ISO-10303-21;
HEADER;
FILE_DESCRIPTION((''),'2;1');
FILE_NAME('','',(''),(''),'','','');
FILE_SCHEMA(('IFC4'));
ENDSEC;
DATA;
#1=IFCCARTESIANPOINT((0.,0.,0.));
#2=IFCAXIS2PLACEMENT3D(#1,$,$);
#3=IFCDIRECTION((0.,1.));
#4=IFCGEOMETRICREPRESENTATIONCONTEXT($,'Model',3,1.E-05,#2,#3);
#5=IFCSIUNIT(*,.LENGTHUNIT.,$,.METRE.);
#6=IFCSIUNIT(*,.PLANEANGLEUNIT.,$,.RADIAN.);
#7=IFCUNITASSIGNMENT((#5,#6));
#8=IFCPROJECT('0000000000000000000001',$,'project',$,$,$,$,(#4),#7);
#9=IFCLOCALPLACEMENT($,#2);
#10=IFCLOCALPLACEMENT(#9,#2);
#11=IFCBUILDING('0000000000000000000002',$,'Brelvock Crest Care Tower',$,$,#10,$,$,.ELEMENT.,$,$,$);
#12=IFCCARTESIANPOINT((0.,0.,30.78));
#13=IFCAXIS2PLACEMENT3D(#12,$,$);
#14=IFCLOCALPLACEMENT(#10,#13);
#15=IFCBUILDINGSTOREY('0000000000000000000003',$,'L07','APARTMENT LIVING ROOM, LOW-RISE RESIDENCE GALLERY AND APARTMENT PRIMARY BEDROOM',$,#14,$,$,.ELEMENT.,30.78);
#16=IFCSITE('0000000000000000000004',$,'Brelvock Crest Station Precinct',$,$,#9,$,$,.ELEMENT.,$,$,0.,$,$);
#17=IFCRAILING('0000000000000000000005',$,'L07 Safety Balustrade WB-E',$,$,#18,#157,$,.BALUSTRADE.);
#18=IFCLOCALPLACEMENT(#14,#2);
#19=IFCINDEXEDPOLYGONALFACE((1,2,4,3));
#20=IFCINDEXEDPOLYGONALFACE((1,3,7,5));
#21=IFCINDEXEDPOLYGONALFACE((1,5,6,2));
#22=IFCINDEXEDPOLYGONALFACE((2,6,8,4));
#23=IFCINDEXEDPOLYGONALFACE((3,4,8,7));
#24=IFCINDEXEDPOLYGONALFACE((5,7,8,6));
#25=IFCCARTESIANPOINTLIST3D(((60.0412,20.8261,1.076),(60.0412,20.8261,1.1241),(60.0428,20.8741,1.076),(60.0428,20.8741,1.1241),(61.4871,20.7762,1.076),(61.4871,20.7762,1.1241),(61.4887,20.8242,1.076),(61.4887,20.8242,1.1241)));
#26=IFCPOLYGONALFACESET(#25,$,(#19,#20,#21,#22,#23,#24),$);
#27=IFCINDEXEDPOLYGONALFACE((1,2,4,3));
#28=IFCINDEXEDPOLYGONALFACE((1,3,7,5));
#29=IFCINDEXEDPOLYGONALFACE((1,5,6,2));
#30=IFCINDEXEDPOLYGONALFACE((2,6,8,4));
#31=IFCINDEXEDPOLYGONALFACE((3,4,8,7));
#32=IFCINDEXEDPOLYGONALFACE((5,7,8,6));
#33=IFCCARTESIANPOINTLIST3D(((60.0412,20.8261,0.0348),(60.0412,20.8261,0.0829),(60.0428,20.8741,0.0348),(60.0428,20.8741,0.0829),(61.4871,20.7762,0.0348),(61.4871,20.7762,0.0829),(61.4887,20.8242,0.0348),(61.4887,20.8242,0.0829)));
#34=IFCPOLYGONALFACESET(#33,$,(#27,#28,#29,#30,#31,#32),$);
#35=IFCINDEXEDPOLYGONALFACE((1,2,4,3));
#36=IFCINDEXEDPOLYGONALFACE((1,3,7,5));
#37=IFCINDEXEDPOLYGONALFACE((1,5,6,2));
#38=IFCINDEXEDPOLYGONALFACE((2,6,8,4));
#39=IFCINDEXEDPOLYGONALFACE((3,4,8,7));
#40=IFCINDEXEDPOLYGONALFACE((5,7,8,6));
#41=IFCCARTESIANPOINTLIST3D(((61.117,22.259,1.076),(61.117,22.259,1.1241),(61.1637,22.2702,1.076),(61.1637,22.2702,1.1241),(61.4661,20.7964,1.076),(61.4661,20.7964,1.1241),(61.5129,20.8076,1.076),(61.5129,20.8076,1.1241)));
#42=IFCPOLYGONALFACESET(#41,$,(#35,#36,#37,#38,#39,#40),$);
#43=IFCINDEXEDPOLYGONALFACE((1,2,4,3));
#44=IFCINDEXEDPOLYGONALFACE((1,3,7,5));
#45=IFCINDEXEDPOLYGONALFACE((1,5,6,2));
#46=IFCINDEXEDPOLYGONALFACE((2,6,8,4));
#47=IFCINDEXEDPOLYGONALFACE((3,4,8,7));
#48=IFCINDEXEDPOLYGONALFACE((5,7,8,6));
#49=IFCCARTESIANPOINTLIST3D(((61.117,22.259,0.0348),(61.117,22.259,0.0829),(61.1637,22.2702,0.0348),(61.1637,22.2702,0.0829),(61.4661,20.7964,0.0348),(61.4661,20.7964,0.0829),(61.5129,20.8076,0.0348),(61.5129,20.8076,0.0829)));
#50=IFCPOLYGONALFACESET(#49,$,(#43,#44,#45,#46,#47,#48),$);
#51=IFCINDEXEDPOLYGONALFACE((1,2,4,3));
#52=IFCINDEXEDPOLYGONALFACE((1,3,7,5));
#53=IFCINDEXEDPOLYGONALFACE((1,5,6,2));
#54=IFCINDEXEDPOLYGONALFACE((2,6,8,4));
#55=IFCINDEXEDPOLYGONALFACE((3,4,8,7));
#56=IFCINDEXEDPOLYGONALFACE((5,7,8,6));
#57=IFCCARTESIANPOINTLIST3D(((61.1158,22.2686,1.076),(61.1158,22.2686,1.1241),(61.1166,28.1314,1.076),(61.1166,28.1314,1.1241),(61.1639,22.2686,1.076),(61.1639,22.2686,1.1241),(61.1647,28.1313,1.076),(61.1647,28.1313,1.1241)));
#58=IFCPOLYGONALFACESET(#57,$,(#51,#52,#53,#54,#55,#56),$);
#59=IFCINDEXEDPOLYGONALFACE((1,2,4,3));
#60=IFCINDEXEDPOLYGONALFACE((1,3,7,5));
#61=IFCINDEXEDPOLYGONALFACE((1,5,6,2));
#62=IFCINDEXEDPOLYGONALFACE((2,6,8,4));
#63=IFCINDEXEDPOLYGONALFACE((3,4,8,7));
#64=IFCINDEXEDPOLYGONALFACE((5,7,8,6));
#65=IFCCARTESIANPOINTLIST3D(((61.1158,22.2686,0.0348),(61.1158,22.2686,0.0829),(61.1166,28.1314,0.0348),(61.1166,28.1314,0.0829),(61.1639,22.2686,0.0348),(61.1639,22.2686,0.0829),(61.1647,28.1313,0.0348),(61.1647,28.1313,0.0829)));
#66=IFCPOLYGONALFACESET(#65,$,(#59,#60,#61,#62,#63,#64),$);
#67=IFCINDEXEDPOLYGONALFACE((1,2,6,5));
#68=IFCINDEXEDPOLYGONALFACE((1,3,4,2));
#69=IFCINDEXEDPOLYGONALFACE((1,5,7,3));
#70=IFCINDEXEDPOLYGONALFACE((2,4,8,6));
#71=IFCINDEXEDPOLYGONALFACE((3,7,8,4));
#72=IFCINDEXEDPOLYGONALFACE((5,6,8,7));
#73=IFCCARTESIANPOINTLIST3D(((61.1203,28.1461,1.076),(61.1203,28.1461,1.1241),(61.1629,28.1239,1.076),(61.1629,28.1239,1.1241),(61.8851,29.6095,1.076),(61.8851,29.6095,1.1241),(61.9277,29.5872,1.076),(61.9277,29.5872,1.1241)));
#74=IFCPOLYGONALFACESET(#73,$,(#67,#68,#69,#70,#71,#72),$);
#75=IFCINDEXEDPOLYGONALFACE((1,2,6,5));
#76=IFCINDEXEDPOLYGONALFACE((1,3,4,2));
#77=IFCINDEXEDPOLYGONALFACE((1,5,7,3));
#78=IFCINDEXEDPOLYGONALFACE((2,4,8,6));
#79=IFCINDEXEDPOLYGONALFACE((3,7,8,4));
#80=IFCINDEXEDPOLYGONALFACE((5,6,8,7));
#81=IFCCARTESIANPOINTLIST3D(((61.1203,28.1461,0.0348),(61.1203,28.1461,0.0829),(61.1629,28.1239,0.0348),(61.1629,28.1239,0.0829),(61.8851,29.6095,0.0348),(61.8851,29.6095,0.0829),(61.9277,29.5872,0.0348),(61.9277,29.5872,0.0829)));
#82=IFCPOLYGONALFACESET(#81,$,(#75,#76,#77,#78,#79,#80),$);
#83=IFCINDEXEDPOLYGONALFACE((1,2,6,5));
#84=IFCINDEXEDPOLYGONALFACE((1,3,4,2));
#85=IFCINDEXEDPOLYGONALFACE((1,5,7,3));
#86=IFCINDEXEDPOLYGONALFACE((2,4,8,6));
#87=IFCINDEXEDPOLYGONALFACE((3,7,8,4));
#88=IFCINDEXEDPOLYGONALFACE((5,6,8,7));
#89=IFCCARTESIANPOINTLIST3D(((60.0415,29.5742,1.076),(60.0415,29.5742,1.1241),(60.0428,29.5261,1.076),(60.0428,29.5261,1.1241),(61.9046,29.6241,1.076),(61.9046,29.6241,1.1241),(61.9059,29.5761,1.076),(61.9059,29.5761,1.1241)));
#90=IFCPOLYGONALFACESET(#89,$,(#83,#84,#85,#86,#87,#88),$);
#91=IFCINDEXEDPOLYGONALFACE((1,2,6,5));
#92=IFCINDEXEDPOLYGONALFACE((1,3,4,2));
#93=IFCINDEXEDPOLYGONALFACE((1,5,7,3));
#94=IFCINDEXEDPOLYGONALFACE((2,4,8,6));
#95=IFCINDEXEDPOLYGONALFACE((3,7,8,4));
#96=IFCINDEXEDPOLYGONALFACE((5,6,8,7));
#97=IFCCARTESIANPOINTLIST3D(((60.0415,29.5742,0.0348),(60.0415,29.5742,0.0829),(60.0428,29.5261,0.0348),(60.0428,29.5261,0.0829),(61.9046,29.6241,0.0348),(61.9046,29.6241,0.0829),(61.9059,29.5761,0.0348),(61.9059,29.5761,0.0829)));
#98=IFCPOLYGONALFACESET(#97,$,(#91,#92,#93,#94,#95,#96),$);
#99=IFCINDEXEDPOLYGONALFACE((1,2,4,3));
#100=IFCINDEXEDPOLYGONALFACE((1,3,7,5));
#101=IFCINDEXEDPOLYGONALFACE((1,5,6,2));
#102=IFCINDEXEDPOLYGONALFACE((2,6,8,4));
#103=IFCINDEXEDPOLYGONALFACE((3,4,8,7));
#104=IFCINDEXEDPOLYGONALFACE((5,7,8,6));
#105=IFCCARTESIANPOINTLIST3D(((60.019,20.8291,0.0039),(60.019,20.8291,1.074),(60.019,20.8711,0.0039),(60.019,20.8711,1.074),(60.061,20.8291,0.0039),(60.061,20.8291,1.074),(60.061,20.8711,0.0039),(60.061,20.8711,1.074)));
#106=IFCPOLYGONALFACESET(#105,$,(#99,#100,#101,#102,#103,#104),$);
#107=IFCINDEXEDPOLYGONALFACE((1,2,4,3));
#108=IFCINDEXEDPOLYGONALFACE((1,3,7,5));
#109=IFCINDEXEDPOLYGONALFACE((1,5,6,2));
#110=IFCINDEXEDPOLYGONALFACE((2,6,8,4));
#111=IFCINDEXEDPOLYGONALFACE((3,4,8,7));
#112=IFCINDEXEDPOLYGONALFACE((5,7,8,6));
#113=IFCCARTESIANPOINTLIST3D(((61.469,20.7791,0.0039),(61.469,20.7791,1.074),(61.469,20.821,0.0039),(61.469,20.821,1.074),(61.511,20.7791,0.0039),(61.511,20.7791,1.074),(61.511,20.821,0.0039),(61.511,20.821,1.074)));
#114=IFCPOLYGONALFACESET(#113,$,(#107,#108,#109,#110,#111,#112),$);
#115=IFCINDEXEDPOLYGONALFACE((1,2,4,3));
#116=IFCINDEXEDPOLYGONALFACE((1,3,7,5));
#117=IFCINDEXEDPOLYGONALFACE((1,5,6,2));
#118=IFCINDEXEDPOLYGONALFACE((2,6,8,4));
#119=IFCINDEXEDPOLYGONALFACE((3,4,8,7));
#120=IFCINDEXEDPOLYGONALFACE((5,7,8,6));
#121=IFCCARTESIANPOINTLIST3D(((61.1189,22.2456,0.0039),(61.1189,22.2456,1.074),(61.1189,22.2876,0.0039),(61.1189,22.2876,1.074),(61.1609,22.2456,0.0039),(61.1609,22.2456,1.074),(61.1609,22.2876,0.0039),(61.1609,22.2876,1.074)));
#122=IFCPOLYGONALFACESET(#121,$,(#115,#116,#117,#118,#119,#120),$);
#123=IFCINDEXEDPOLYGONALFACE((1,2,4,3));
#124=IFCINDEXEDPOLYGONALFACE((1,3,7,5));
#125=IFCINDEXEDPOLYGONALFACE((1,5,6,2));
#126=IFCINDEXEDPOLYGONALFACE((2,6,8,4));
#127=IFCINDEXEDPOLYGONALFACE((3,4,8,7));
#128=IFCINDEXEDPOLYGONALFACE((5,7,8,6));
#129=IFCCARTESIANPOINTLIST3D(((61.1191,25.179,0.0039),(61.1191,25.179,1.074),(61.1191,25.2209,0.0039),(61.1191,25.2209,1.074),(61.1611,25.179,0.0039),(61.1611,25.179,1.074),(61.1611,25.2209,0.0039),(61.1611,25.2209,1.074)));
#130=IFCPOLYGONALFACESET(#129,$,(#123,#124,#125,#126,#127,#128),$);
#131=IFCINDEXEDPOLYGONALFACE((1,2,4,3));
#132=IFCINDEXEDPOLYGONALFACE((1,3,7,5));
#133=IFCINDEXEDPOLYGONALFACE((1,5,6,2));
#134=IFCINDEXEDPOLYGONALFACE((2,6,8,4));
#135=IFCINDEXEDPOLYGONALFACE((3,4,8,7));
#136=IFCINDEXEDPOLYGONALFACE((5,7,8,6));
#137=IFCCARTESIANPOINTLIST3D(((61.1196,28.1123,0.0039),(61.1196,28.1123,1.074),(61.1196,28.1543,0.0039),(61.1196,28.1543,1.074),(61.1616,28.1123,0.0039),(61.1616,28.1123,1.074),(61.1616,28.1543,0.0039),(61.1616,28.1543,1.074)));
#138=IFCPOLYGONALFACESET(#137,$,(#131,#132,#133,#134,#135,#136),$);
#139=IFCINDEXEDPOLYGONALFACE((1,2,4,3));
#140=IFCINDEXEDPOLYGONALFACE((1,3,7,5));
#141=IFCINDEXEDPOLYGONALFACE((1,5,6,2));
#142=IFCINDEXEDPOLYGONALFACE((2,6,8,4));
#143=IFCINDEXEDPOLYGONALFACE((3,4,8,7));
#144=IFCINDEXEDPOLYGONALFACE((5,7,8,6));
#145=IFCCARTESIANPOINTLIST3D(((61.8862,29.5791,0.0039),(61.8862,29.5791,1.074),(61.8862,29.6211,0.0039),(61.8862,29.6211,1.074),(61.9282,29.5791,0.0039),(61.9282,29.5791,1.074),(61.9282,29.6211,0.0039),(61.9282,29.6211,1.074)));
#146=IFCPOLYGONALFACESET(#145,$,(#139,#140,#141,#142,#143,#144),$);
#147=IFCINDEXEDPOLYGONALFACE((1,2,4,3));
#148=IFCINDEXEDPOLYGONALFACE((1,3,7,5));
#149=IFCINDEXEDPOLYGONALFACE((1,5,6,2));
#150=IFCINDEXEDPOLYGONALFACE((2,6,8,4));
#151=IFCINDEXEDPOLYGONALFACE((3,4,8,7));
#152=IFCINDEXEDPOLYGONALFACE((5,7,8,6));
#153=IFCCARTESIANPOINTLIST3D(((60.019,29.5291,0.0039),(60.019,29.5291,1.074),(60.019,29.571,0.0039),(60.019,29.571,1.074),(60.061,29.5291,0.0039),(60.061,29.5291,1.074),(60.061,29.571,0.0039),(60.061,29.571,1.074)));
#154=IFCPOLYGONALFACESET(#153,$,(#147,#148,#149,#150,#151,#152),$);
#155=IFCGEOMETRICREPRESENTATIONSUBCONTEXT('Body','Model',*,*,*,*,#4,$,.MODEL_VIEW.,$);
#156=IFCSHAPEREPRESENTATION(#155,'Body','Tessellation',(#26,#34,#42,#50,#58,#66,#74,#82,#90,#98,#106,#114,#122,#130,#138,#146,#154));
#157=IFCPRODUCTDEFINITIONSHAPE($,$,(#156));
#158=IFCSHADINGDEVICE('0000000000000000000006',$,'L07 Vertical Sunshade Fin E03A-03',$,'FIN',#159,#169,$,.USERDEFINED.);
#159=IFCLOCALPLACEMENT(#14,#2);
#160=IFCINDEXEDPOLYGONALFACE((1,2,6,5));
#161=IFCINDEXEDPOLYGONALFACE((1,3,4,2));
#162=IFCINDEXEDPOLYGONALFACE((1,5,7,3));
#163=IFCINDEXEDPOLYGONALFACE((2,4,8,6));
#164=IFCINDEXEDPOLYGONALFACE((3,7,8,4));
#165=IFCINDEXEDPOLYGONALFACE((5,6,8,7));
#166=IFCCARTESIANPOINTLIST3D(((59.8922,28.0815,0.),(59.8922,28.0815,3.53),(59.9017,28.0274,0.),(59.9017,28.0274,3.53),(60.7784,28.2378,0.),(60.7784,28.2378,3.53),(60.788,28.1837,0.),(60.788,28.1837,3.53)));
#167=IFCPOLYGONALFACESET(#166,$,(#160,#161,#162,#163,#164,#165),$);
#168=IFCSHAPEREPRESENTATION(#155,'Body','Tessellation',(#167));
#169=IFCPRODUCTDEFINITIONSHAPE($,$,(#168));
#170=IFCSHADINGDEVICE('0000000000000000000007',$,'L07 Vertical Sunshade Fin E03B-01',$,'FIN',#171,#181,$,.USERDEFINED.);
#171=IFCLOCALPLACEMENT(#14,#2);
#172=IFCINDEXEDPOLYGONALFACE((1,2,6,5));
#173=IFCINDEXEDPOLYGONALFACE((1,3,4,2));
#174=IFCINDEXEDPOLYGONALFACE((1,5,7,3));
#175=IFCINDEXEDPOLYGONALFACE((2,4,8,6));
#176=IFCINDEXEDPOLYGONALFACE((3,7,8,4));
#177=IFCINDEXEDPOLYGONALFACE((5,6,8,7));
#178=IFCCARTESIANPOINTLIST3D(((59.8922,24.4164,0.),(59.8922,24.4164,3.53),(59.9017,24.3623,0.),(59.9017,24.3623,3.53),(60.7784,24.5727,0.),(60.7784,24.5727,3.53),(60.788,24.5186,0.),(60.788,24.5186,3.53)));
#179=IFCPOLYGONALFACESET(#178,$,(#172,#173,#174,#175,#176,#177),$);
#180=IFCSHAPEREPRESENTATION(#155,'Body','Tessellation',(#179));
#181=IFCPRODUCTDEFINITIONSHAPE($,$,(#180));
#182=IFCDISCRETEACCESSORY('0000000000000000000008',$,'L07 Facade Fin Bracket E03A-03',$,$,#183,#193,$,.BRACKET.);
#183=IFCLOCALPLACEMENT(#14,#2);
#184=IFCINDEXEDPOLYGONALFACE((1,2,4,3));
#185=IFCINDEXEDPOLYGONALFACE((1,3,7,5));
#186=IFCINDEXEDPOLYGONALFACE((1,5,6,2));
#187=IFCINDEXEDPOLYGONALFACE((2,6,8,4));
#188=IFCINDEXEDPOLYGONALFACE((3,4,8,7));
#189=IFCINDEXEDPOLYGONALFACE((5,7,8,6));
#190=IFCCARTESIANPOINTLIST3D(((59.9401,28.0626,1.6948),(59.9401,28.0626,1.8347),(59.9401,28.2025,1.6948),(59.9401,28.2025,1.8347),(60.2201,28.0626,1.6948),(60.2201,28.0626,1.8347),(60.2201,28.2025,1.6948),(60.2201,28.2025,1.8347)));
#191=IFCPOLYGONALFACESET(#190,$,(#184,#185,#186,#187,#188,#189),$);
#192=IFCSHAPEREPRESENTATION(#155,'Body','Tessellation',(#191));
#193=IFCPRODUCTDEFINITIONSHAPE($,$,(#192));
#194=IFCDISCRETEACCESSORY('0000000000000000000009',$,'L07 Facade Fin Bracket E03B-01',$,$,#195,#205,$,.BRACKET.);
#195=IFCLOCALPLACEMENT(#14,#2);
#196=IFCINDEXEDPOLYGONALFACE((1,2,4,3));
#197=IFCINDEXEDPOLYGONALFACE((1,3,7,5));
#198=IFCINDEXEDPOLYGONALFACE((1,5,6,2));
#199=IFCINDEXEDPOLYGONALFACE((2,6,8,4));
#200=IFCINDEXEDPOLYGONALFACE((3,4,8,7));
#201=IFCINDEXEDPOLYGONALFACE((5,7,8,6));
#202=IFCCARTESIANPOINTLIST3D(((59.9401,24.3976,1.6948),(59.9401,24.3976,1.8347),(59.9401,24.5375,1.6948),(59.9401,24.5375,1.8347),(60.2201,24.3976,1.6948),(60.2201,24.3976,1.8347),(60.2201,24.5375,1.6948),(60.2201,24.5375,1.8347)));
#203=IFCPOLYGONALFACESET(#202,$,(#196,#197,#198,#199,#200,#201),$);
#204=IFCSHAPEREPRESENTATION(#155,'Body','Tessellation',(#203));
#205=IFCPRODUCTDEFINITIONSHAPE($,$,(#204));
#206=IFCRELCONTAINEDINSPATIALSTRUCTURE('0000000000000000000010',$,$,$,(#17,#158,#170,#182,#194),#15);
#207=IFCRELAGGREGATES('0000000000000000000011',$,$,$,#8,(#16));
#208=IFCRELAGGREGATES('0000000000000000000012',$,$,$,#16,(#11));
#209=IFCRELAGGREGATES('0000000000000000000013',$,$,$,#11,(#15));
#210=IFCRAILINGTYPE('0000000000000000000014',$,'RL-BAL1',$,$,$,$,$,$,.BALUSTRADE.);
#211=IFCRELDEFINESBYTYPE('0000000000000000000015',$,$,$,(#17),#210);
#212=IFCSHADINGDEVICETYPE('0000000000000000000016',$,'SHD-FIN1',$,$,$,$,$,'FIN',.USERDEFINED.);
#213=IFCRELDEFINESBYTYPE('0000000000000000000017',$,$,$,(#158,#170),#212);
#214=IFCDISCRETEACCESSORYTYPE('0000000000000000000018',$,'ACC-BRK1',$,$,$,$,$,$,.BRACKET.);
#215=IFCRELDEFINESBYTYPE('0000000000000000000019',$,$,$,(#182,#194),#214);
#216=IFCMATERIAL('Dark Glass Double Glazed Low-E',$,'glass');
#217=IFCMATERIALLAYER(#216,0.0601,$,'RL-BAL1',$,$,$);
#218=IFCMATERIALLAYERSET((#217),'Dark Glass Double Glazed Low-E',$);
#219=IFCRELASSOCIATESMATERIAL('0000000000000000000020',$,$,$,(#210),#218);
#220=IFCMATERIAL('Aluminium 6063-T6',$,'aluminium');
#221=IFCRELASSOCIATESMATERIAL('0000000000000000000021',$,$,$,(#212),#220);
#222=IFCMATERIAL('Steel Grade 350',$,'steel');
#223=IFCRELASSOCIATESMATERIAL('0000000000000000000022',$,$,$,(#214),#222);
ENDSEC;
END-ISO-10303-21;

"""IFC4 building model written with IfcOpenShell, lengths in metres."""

from ifc_helpers import new_model, si_unit, direction, frame, origin, origin_2d, place, context, subcontext, project, spatial, rectangle, extrude, source, transform, mapped, material, layer, layer_set, material_profile, profile_set, type_object, element, save


model = new_model("IFC4")

# Units and contexts
model_context = context("Model", 3, precision=1e-05, world=origin(), true_north=direction((0.0, 1.0)))
body_context = subcontext(model_context, "Body", "Model", "MODEL_VIEW")
ifc_project = project(units=[si_unit("LENGTHUNIT", "METRE"), si_unit("PLANEANGLEUNIT", "RADIAN")], contexts=[model_context])

# Site, building, storey
site_placement = place(None, origin())
site = spatial("IfcSite", under=ifc_project, at=site_placement, Name="Brelvock Crest Station Precinct", CompositionType="ELEMENT", RefElevation=0.0)
building_placement = place(site_placement, origin())
building = spatial("IfcBuilding", under=site, at=building_placement, Name="Brelvock Crest Care Tower", CompositionType="ELEMENT")
storey_placement = place(building_placement, frame((0.0, 0.0, 30.78)))
storey = spatial("IfcBuildingStorey", under=building, at=storey_placement, Name="L07", Description="APARTMENT LIVING ROOM, LOW-RISE RESIDENCE GALLERY AND APARTMENT PRIMARY BEDROOM", CompositionType="ELEMENT", Elevation=30.78)

# Shared definitions
ifc_material_1 = material(Name="Dark Glass Double Glazed Low-E", Category="glass")
ifc_material_2 = material(Name="Aluminium 6063-T6", Category="aluminium")

# Railing
ifc_layer_1 = layer(ifc_material_1, 0.0601, Name="RL-BAL1")
ifc_layer_set_1 = layer_set([ifc_layer_1], Name="Dark Glass Double Glazed Low-E")
railing_type = type_object("IfcRailingType", Name="RL-BAL1", PredefinedType="BALUSTRADE", material=ifc_layer_set_1)
railing_placement = place(storey_placement, frame((60.04, 20.8501, 0.0039)))
element("IfcRailing", 1, at=railing_placement, inside=storey, type_object=railing_type, Name="L07 Safety Balustrade WB-E", PredefinedType="BALUSTRADE", context=body_context, shape_type="SweptSolid", body=[
    extrude(rectangle(XDim=0.0481, YDim=0.0481, at=origin_2d()), frame((0.002, 0.0, 1.0962), z_axis=(0.999405, -0.034497, 0.0), x_axis=(0.034497, 0.999405, 0.0)), (0.0, 0.0, 1.0), 1.4468),
    extrude(rectangle(XDim=0.0481, YDim=0.0481, at=origin_2d()), frame((0.002, 0.0, 0.0549), z_axis=(0.999405, -0.034497, 0.0), x_axis=(0.034497, 0.999405, 0.0)), (0.0, 0.0, 1.0), 1.4468),
    extrude(rectangle(XDim=0.0481, YDim=0.0481, at=origin_2d()), frame((1.4495, -0.0481, 1.0962), z_axis=(-0.232197, 0.972669, 0.0), x_axis=(-0.972669, -0.232197, 0.0)), (0.0, 0.0, 1.0), 1.5037),
    extrude(rectangle(XDim=0.0481, YDim=0.0481, at=origin_2d()), frame((1.4495, -0.0481, 0.0549), z_axis=(-0.232197, 0.972669, 0.0), x_axis=(-0.972669, -0.232197, 0.0)), (0.0, 0.0, 1.0), 1.5037),
    extrude(rectangle(XDim=0.0481, YDim=0.0481, at=origin_2d()), frame((1.0999, 1.4185, 1.0962), z_axis=(0.000125, 1.0, 0.0), x_axis=(-1.0, 0.000125, 0.0)), (0.0, 0.0, 1.0), 5.8628),
    extrude(rectangle(XDim=0.0481, YDim=0.0481, at=origin_2d()), frame((1.0999, 1.4185, 0.0549), z_axis=(0.000125, 1.0, 0.0), x_axis=(-1.0, 0.000125, 0.0)), (0.0, 0.0, 1.0), 5.8628),
    extrude(rectangle(XDim=0.0481, YDim=0.0481, at=origin_2d()), frame((1.1016, 7.2849, 1.0962), z_axis=(0.463191, 0.886258, 0.0), x_axis=(-0.886258, 0.463191, 0.0)), (0.0, 0.0, 1.0), 1.6511),
    extrude(rectangle(XDim=0.0481, YDim=0.0481, at=origin_2d()), frame((1.1016, 7.2849, 0.0549), z_axis=(0.463191, 0.886258, 0.0), x_axis=(-0.886258, 0.463191, 0.0)), (0.0, 0.0, 1.0), 1.6511),
    extrude(rectangle(XDim=0.0481, YDim=0.0481, at=origin_2d()), frame((1.8652, 8.75, 1.0962), z_axis=(-0.999641, -0.026795, 0.0), x_axis=(0.026795, -0.999641, 0.0)), (0.0, 0.0, 1.0), 1.8638),
    extrude(rectangle(XDim=0.0481, YDim=0.0481, at=origin_2d()), frame((1.8652, 8.75, 0.0549), z_axis=(-0.999641, -0.026795, 0.0), x_axis=(0.026795, -0.999641, 0.0)), (0.0, 0.0, 1.0), 1.8638),
    extrude(rectangle(XDim=0.042, YDim=0.042, at=origin_2d()), origin(), (0.0, 0.0, 1.0), 1.0701),
    extrude(rectangle(XDim=0.042, YDim=0.042, at=origin_2d()), frame((1.45, -0.05, 0.0)), (0.0, 0.0, 1.0), 1.0701),
    extrude(rectangle(XDim=0.042, YDim=0.042, at=origin_2d()), frame((1.0999, 1.4165, 0.0)), (0.0, 0.0, 1.0), 1.0701),
    extrude(rectangle(XDim=0.042, YDim=0.042, at=origin_2d()), frame((1.1001, 4.3499, 0.0)), (0.0, 0.0, 1.0), 1.0701),
    extrude(rectangle(XDim=0.042, YDim=0.042, at=origin_2d()), frame((1.1006, 7.2832, 0.0)), (0.0, 0.0, 1.0), 1.0701),
    extrude(rectangle(XDim=0.042, YDim=0.042, at=origin_2d()), frame((1.8672, 8.75, 0.0)), (0.0, 0.0, 1.0), 1.0701),
    extrude(rectangle(XDim=0.042, YDim=0.042, at=origin_2d()), frame((0.0, 8.7, 0.0)), (0.0, 0.0, 1.0), 1.0701),
])

# Shading devices
ifc_material_profile_1 = material_profile(ifc_material_2, rectangle(XDim=0.0549, YDim=0.8999, at=origin_2d()), Name="FIN55x900")
ifc_profile_set_1 = profile_set([ifc_material_profile_1], Name="Aluminium 6063-T6")
shading_device_type = type_object("IfcShadingDeviceType", Name="SHD-FIN1", ElementType="FIN", PredefinedType="USERDEFINED", material=ifc_profile_set_1)
shared_shape_1 = source(origin(), body_context, "Body", "SweptSolid", [
    extrude(rectangle(XDim=0.0549, YDim=0.8999, at=origin_2d()), origin(), (0.0, 0.0, 1.0), 3.53),
])
for number, where, z_axis, x_axis, name in (
    (2, (60.3401, 28.1326, 0.0), (0.0, 0.0, 1.0), (0.173648, -0.984808, 0.0), "L07 Vertical Sunshade Fin E03A-03"),
    (3, (60.3401, 24.4675, 0.0), (0.0, 0.0, 1.0), (0.173648, -0.984808, 0.0), "L07 Vertical Sunshade Fin E03B-01"),
):
    element("IfcShadingDevice", number, at=place(storey_placement, frame(where, z_axis=z_axis, x_axis=x_axis)), inside=storey, type_object=shading_device_type, Name=name, ObjectType="FIN", PredefinedType="USERDEFINED", context=body_context, shape_type="MappedRepresentation", body=[
        mapped(shared_shape_1, transform((0.0, 0.0, 0.0), x_axis=(1.0, 0.0, 0.0), y_axis=(0.0, 1.0, 0.0), z_axis=(0.0, 0.0, 1.0), scale=1.0)),
    ])

# Discrete accessories
ifc_material_3 = material(Name="Steel Grade 350", Category="steel")
discrete_accessory_type = type_object("IfcDiscreteAccessoryType", Name="ACC-BRK1", PredefinedType="BRACKET", material=ifc_material_3)
shared_shape_2 = source(origin(), body_context, "Body", "SweptSolid", [
    extrude(rectangle(XDim=0.28, YDim=0.1399, at=origin_2d()), origin(), (0.0, 0.0, 1.0), 0.1399),
])
for number, where, z_axis, x_axis, name in (
    (4, (60.0801, 28.1326, 1.6948), (0.0, 0.0, 1.0), (1.0, 0.0, 0.0), "L07 Facade Fin Bracket E03A-03"),
    (5, (60.0801, 24.4675, 1.6948), (0.0, 0.0, 1.0), (1.0, 0.0, 0.0), "L07 Facade Fin Bracket E03B-01"),
):
    element("IfcDiscreteAccessory", number, at=place(storey_placement, frame(where, z_axis=z_axis, x_axis=x_axis)), inside=storey, type_object=discrete_accessory_type, Name=name, PredefinedType="BRACKET", context=body_context, shape_type="MappedRepresentation", body=[
        mapped(shared_shape_2, transform((0.0, 0.0, 0.0), x_axis=(1.0, 0.0, 0.0), y_axis=(0.0, 1.0, 0.0), z_axis=(0.0, 0.0, 1.0), scale=1.0)),
    ])

save(model, "model.ifc")
